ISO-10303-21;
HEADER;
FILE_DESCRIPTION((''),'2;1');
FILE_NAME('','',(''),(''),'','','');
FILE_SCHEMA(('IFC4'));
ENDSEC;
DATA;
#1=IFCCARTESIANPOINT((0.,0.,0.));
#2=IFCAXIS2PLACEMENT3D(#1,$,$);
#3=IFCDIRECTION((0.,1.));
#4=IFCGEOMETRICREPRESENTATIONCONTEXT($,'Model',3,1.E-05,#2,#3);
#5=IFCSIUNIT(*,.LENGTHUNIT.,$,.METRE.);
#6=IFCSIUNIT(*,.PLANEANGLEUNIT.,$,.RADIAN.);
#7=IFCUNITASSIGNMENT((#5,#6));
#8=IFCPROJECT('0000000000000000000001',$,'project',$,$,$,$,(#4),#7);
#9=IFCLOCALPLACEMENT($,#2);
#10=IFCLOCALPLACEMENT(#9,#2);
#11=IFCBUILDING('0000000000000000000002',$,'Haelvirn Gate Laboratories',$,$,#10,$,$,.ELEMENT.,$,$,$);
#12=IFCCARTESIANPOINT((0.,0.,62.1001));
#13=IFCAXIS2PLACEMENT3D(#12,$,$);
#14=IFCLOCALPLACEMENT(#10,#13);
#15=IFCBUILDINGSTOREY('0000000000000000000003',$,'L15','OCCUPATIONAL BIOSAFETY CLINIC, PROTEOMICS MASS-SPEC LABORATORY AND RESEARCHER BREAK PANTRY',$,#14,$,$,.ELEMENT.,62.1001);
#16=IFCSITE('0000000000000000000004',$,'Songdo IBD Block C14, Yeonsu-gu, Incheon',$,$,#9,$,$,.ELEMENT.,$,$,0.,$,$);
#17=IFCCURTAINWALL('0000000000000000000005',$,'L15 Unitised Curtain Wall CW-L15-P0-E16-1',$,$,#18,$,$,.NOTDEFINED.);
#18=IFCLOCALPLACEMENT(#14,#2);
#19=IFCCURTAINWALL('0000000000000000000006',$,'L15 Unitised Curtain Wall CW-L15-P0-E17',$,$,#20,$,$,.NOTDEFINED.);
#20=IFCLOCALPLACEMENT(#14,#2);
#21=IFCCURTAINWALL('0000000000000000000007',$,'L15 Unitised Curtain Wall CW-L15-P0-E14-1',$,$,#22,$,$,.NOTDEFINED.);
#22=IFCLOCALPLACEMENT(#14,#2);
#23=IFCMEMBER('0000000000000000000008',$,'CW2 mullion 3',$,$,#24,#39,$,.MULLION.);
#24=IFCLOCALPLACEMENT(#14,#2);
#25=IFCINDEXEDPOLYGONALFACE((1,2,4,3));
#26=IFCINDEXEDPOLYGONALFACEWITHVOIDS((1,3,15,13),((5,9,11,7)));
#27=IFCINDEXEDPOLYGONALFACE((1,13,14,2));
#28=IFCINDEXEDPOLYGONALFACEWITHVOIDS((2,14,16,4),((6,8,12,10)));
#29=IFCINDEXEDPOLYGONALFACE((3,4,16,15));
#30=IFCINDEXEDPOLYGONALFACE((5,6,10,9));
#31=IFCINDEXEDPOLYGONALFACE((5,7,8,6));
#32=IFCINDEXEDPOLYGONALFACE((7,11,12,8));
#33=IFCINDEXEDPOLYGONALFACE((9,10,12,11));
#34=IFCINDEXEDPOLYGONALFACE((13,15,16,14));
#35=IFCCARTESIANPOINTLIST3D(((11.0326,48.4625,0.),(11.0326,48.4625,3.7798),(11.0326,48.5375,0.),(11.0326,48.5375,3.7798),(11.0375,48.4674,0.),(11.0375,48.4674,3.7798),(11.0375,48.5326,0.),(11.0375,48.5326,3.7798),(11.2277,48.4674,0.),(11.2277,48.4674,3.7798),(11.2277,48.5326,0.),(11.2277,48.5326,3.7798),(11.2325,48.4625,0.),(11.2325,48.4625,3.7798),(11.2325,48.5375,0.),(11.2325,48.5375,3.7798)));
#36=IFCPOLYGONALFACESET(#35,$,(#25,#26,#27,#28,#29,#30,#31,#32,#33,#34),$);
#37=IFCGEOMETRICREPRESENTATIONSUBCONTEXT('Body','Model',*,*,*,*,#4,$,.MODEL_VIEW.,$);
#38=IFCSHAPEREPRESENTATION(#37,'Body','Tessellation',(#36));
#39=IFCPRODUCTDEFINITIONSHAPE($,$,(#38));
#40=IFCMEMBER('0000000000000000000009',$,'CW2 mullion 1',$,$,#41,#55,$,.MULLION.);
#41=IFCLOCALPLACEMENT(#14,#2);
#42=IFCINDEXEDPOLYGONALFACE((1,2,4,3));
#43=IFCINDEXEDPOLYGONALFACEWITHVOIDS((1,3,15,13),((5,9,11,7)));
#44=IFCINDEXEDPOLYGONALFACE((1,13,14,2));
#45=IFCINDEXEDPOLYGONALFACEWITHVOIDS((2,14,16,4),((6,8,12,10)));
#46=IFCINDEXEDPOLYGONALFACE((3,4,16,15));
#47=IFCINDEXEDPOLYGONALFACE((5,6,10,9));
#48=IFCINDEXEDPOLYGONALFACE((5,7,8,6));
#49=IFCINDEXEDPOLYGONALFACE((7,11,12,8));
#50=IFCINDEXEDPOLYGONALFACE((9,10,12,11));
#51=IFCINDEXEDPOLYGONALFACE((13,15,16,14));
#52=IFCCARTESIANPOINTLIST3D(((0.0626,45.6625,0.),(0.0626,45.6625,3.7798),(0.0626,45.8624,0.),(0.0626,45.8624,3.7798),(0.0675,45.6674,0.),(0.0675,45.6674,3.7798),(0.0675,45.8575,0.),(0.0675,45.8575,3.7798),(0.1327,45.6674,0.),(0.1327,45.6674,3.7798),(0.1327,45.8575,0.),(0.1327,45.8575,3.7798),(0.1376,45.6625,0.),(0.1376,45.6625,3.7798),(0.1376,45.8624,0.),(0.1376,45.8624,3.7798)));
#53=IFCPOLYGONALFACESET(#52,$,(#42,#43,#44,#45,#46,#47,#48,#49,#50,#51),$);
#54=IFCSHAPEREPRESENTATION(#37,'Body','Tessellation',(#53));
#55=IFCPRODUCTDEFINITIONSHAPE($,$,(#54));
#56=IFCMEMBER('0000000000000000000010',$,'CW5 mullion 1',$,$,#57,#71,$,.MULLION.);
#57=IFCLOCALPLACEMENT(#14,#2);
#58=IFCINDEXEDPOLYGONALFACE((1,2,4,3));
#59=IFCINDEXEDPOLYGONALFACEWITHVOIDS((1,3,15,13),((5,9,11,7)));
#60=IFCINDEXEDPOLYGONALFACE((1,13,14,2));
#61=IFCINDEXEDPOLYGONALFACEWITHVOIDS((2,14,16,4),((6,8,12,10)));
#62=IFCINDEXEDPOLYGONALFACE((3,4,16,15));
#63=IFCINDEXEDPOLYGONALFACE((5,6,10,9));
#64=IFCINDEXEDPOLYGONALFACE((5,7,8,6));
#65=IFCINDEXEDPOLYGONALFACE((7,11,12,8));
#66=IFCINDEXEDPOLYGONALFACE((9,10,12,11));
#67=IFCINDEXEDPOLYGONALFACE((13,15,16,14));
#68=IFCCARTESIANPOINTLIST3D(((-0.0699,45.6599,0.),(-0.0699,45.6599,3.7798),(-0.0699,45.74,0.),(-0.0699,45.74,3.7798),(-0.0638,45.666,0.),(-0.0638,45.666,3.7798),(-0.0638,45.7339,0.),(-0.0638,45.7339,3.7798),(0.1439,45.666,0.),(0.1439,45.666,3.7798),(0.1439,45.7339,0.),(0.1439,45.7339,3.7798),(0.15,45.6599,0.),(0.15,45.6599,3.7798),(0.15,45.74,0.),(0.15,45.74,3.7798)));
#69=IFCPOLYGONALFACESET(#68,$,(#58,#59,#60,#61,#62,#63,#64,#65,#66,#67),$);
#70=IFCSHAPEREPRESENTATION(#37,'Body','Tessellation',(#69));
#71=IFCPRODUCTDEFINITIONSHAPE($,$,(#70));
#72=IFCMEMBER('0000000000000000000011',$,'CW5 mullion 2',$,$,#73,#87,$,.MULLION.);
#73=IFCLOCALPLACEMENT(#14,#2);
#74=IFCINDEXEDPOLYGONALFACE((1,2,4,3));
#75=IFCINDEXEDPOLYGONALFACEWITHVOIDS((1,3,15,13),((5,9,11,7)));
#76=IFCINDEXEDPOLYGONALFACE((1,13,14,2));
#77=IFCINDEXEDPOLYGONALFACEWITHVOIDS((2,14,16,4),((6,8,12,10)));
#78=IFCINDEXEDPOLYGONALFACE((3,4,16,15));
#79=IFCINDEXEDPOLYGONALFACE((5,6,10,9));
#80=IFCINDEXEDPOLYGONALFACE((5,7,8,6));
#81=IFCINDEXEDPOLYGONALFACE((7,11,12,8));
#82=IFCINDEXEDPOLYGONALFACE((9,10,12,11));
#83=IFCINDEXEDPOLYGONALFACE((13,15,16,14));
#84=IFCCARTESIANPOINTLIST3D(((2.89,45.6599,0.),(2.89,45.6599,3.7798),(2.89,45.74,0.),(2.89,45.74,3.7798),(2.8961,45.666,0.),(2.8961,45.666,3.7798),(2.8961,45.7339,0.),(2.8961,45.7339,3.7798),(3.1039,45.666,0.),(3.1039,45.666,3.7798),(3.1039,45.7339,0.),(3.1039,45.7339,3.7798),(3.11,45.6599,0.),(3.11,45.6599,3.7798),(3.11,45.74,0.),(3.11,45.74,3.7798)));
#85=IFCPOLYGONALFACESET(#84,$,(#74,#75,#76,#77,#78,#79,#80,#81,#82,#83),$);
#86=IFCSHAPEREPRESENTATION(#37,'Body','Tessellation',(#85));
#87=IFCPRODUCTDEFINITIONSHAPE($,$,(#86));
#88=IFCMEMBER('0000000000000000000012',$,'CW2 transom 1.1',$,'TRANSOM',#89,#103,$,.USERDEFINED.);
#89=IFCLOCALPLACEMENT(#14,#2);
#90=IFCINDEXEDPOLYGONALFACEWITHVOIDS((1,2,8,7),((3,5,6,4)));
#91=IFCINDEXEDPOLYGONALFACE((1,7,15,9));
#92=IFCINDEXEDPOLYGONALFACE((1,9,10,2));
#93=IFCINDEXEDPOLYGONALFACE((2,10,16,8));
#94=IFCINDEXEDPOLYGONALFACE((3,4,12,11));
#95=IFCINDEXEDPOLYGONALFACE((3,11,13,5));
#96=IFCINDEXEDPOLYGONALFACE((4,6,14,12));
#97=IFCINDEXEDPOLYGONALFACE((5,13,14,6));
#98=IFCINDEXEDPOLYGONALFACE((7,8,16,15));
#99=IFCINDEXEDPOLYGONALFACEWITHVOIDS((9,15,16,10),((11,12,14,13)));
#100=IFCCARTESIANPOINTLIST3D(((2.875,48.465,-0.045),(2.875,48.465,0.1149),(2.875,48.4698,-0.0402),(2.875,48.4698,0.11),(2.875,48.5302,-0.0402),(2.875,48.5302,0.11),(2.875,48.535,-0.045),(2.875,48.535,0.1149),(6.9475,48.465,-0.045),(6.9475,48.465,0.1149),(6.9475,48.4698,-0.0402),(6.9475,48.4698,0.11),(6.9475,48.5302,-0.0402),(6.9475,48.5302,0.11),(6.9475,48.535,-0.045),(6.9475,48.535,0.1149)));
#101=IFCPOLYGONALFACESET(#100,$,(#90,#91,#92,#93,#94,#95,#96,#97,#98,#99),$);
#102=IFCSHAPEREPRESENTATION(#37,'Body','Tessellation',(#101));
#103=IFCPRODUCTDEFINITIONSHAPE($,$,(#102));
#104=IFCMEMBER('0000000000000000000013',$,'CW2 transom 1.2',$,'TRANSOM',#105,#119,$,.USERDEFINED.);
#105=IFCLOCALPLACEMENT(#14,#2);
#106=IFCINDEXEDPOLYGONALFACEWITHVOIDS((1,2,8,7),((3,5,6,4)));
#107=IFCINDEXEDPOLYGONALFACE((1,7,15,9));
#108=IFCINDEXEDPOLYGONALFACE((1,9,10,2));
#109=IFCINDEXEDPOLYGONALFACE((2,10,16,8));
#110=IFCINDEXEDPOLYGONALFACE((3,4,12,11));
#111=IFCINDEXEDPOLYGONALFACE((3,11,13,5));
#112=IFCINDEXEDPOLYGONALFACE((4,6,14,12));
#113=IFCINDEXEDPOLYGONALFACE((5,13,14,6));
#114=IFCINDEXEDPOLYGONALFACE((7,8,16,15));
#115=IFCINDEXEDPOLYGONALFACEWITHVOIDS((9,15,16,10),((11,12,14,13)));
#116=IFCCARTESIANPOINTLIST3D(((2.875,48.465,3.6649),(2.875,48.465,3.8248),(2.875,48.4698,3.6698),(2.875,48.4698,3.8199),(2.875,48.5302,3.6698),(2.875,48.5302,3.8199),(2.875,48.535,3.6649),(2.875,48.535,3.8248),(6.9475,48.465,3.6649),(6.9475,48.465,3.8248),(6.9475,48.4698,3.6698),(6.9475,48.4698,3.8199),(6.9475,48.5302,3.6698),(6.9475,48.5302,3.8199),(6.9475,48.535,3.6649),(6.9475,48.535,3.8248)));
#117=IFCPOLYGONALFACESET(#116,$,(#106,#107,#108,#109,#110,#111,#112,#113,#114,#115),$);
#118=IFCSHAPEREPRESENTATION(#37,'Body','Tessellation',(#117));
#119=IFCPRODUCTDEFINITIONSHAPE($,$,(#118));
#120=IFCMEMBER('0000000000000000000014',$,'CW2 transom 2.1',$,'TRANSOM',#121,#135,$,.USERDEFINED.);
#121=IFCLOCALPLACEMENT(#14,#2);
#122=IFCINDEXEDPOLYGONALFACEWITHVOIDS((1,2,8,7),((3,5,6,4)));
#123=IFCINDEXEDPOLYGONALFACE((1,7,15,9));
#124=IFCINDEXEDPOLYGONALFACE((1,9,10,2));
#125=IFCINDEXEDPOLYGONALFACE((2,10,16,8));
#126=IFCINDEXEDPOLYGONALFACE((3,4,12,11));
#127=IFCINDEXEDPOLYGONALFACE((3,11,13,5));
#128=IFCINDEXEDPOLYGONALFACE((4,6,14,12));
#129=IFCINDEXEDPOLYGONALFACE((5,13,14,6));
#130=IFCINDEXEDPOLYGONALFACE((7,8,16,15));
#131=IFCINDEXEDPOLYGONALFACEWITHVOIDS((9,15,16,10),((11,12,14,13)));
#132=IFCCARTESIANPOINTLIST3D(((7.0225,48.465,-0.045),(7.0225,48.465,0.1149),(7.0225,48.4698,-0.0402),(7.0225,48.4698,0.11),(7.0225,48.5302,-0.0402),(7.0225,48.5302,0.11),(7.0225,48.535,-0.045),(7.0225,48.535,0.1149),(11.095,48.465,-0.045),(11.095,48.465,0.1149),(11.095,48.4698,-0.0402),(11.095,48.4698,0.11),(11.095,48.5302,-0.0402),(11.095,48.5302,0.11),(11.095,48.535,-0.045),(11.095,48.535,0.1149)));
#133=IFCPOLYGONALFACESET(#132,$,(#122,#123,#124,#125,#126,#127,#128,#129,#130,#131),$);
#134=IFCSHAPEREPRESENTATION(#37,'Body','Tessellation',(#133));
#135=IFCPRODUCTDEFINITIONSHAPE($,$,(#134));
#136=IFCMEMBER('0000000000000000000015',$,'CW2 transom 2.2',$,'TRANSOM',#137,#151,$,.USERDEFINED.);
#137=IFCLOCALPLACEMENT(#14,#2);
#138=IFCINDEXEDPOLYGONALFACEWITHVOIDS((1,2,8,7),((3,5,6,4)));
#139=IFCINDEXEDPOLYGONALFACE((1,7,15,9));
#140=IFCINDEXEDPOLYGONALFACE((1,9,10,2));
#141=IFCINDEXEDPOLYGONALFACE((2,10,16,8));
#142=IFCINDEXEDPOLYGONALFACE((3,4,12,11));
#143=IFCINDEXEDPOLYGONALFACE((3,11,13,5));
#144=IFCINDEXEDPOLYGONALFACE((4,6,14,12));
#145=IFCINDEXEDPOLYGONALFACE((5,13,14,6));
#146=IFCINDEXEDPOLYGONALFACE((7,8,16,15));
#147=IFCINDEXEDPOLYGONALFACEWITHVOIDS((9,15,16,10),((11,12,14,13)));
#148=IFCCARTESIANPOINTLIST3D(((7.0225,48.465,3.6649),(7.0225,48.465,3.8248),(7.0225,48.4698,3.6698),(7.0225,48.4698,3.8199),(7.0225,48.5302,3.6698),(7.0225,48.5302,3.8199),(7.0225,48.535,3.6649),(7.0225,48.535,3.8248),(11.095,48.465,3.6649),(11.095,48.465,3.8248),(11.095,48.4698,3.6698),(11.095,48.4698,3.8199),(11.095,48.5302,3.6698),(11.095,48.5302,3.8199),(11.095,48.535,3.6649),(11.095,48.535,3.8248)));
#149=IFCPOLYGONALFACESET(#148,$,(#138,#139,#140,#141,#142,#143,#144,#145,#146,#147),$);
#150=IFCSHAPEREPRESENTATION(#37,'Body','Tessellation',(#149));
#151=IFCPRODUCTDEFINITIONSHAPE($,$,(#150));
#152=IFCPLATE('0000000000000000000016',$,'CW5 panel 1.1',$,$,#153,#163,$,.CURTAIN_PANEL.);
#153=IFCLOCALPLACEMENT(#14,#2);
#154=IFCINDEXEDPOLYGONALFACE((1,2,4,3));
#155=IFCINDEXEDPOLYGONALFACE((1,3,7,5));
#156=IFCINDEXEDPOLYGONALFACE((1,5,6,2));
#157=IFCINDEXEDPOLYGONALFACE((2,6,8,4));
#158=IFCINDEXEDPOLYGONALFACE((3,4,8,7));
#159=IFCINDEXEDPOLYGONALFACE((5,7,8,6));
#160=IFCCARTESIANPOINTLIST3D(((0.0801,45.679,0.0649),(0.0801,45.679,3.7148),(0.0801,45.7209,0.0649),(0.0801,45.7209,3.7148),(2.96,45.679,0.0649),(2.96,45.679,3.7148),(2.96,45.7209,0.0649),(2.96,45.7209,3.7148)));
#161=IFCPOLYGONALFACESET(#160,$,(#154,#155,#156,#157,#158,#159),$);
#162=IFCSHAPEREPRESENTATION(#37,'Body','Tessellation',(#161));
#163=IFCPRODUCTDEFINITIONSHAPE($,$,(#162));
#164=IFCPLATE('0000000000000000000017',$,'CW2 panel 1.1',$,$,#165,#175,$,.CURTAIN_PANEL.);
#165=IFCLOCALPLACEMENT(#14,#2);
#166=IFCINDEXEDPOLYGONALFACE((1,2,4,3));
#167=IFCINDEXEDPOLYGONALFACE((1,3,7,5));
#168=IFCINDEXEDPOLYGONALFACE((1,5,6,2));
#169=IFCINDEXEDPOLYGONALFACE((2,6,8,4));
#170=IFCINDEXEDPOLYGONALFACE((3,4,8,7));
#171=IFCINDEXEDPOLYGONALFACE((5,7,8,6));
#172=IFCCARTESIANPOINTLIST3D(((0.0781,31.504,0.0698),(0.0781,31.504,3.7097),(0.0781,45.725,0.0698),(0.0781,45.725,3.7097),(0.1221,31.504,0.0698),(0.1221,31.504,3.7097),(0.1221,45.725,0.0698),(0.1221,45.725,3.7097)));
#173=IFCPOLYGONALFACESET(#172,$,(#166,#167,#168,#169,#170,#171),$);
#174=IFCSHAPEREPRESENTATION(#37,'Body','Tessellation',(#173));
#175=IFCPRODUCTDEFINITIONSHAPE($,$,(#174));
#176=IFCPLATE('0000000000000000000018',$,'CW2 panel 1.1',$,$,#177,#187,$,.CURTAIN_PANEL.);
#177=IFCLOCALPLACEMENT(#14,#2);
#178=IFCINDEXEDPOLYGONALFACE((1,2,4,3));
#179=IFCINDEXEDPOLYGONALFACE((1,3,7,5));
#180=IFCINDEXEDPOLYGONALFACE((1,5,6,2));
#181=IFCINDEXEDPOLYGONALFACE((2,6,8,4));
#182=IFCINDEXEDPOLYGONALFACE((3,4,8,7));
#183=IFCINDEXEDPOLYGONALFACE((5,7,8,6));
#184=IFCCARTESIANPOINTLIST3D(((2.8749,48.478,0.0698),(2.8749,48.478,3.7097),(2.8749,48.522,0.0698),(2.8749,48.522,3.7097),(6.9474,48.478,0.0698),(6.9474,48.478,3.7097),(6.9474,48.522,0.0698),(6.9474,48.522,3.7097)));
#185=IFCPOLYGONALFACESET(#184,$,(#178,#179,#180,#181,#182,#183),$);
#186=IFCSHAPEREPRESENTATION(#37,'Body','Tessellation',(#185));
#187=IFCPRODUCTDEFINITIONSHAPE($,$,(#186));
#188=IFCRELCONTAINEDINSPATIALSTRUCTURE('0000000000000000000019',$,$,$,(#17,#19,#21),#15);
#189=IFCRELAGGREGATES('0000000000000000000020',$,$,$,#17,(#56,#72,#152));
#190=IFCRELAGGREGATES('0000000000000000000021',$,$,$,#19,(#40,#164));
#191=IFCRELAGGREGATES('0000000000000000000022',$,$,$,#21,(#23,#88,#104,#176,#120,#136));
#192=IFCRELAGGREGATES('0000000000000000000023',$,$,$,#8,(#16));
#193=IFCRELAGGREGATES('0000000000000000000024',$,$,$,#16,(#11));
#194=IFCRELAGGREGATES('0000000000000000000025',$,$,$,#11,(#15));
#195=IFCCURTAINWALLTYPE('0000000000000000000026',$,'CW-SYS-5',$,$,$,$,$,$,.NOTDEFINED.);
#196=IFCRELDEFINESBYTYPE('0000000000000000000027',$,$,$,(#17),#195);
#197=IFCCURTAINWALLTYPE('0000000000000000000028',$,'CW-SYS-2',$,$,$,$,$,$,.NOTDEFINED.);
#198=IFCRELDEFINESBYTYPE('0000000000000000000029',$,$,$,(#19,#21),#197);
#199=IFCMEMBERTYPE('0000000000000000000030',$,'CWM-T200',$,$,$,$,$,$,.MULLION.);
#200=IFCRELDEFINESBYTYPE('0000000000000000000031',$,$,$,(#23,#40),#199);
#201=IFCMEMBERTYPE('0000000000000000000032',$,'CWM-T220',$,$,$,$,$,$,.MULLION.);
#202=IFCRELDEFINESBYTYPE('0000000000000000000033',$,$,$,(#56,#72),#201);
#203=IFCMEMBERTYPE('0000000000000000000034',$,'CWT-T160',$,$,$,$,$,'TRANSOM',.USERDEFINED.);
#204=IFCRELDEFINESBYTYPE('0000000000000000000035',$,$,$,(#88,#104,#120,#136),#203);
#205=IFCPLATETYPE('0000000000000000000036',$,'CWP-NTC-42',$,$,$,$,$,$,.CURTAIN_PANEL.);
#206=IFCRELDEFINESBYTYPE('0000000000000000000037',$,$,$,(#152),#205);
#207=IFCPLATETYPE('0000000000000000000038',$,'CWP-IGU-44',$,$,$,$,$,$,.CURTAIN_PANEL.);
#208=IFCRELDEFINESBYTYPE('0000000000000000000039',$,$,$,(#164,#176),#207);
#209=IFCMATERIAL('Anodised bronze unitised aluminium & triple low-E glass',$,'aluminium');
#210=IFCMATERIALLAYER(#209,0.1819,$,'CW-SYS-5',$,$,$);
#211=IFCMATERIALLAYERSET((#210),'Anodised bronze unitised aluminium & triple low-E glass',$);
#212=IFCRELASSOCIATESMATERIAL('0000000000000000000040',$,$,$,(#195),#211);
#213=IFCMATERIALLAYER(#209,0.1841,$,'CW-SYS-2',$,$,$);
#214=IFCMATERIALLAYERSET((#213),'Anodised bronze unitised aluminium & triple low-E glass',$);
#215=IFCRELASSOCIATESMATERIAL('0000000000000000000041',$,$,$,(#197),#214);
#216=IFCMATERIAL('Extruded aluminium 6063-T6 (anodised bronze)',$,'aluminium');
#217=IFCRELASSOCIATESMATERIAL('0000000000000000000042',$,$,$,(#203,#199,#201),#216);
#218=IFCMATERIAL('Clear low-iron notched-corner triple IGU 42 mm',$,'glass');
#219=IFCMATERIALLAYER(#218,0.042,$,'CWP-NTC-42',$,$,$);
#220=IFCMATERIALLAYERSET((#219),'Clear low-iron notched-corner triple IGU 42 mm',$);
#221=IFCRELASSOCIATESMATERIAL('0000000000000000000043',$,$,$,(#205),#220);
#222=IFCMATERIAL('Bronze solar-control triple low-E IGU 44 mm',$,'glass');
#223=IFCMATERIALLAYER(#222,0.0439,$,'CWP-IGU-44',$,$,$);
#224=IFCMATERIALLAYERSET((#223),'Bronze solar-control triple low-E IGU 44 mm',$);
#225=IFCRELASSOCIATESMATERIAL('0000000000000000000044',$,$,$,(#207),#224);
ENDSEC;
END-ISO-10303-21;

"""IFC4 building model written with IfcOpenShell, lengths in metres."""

from ifc_helpers import new_model, si_unit, direction, frame, origin, origin_2d, place, context, subcontext, project, spatial, rectangle, hollow_rectangle, extrude, source, transform, mapped, material, layer, layer_set, material_profile, profile_set, type_object, type_shapes, element, aggregate, save


model = new_model("IFC4")

# Units and contexts
model_context = context("Model", 3, precision=1e-05, world=origin(), true_north=direction((0.0, 1.0)))
body_context = subcontext(model_context, "Body", "Model", "MODEL_VIEW")
ifc_project = project(units=[si_unit("LENGTHUNIT", "METRE"), si_unit("PLANEANGLEUNIT", "RADIAN")], contexts=[model_context])

# Site, building, storey
site_placement = place(None, origin())
site = spatial("IfcSite", under=ifc_project, at=site_placement, Name="Songdo IBD Block C14, Yeonsu-gu, Incheon", CompositionType="ELEMENT", RefElevation=0.0)
building_placement = place(site_placement, origin())
building = spatial("IfcBuilding", under=site, at=building_placement, Name="Haelvirn Gate Laboratories", CompositionType="ELEMENT")
storey_placement = place(building_placement, frame((0.0, 0.0, 62.1001)))
storey = spatial("IfcBuildingStorey", under=building, at=storey_placement, Name="L15", Description="OCCUPATIONAL BIOSAFETY CLINIC, PROTEOMICS MASS-SPEC LABORATORY AND RESEARCHER BREAK PANTRY", CompositionType="ELEMENT", Elevation=62.1001)

# Curtain walls, member
ifc_material_1 = material(Name="Anodised bronze unitised aluminium & triple low-E glass", Category="aluminium")
ifc_layer_1 = layer(ifc_material_1, 0.1819, Name="CW-SYS-5")
ifc_layer_set_1 = layer_set([ifc_layer_1], Name="Anodised bronze unitised aluminium & triple low-E glass")
curtain_wall_type_1 = type_object("IfcCurtainWallType", Name="CW-SYS-5", PredefinedType="NOTDEFINED", material=ifc_layer_set_1)
curtain_wall_1_placement = place(storey_placement, origin())
curtain_wall_1 = element("IfcCurtainWall", 1, at=curtain_wall_1_placement, inside=storey, type_object=curtain_wall_type_1, Name="L15 Unitised Curtain Wall CW-L15-P0-E16-1", PredefinedType="NOTDEFINED")
ifc_material_2 = material(Name="Extruded aluminium 6063-T6 (anodised bronze)", Category="aluminium")
ifc_layer_2 = layer(ifc_material_1, 0.1841, Name="CW-SYS-2")
ifc_layer_set_2 = layer_set([ifc_layer_2], Name="Anodised bronze unitised aluminium & triple low-E glass")
curtain_wall_type_2 = type_object("IfcCurtainWallType", Name="CW-SYS-2", PredefinedType="NOTDEFINED", material=ifc_layer_set_2)
curtain_wall_2_placement = place(storey_placement, origin())
curtain_wall_2 = element("IfcCurtainWall", 2, at=curtain_wall_2_placement, inside=storey, type_object=curtain_wall_type_2, Name="L15 Unitised Curtain Wall CW-L15-P0-E17", PredefinedType="NOTDEFINED")
ifc_material_profile_1 = material_profile(ifc_material_2, hollow_rectangle(XDim=0.0701, YDim=0.1599, WallThickness=0.0049, at=origin_2d()), Name="CWT-160x70x5")
ifc_profile_set_1 = profile_set([ifc_material_profile_1], Name="Extruded aluminium 6063-T6 (anodised bronze)")
member_type_1 = type_object("IfcMemberType", Name="CWT-T160", ElementType="TRANSOM", PredefinedType="USERDEFINED", material=ifc_profile_set_1)
curtain_wall_3_placement = place(storey_placement, origin())
curtain_wall_3 = element("IfcCurtainWall", 3, at=curtain_wall_3_placement, inside=storey, type_object=curtain_wall_type_2, Name="L15 Unitised Curtain Wall CW-L15-P0-E14-1", PredefinedType="NOTDEFINED")
ifc_material_profile_2 = material_profile(ifc_material_2, hollow_rectangle(XDim=0.075, YDim=0.2, WallThickness=0.0049, at=origin_2d()), Name="CWM-200x75x5")
ifc_profile_set_2 = profile_set([ifc_material_profile_2], Name="Extruded aluminium 6063-T6 (anodised bronze)")
member_type_2 = type_object("IfcMemberType", Name="CWM-T200", PredefinedType="MULLION", material=ifc_profile_set_2)
shared_shape_1 = source(origin(), body_context, "Body", "SweptSolid", [
    extrude(hollow_rectangle(XDim=0.075, YDim=0.2, WallThickness=0.0049, at=origin_2d()), origin(), (0.0, 0.0, 1.0), 3.7798),
])
type_shapes(member_type_2, [shared_shape_1])
member_1_placement = place(storey_placement, frame((11.1326, 48.5, 0.0), z_axis=(0.0, 0.0, 1.0), x_axis=(0.0, 1.0, 0.0)))
member_1 = element("IfcMember", 4, at=member_1_placement, type_object=member_type_2, Name="CW2 mullion 3", PredefinedType="MULLION", context=body_context, shape_type="MappedRepresentation", body=[
    mapped(shared_shape_1, transform((0.0, 0.0, 0.0), scale=1.0)),
])

# Members
member_2_placement = place(storey_placement, frame((0.1001, 45.7625, 0.0), z_axis=(0.0, 0.0, 1.0), x_axis=(1.0, 0.0, 0.0)))
member_2 = element("IfcMember", 5, at=member_2_placement, type_object=member_type_2, Name="CW2 mullion 1", PredefinedType="MULLION", context=body_context, shape_type="MappedRepresentation", body=[
    mapped(shared_shape_1, transform((0.0, 0.0, 0.0), scale=1.0)),
])
ifc_material_profile_3 = material_profile(ifc_material_2, hollow_rectangle(XDim=0.0801, YDim=0.22, WallThickness=0.0061, at=origin_2d()), Name="CWM-220x80x6")
ifc_profile_set_3 = profile_set([ifc_material_profile_3], Name="Extruded aluminium 6063-T6 (anodised bronze)")
member_type_3 = type_object("IfcMemberType", Name="CWM-T220", PredefinedType="MULLION", material=ifc_profile_set_3)
shared_shape_2 = source(origin(), body_context, "Body", "SweptSolid", [
    extrude(hollow_rectangle(XDim=0.0801, YDim=0.22, WallThickness=0.0061, at=origin_2d()), origin(), (0.0, 0.0, 1.0), 3.7798),
])
type_shapes(member_type_3, [shared_shape_2])
member_3_placement = place(storey_placement, frame((0.04, 45.7, 0.0), z_axis=(0.0, 0.0, 1.0), x_axis=(0.0, 1.0, 0.0)))
member_3 = element("IfcMember", 6, at=member_3_placement, type_object=member_type_3, Name="CW5 mullion 1", PredefinedType="MULLION", context=body_context, shape_type="MappedRepresentation", body=[
    mapped(shared_shape_2, transform((0.0, 0.0, 0.0), scale=1.0)),
])
member_4_placement = place(storey_placement, frame((3.0, 45.7, 0.0), z_axis=(0.0, 0.0, 1.0), x_axis=(0.0, 1.0, 0.0)))
member_4 = element("IfcMember", 7, at=member_4_placement, type_object=member_type_3, Name="CW5 mullion 2", PredefinedType="MULLION", context=body_context, shape_type="MappedRepresentation", body=[
    mapped(shared_shape_2, transform((0.0, 0.0, 0.0), scale=1.0)),
])
shared_shape_3 = source(origin(), body_context, "Body", "SweptSolid", [
    extrude(hollow_rectangle(XDim=0.0701, YDim=0.1599, WallThickness=0.0049, at=origin_2d()), origin(), (0.0, 0.0, 1.0), 4.0725),
])
member_5_placement = place(storey_placement, frame((2.875, 48.5, 0.0349), z_axis=(1.0, 0.0, 0.0), x_axis=(0.0, 1.0, 0.0)))
member_5 = element("IfcMember", 8, at=member_5_placement, type_object=member_type_1, Name="CW2 transom 1.1", ObjectType="TRANSOM", PredefinedType="USERDEFINED", context=body_context, shape_type="MappedRepresentation", body=[
    mapped(shared_shape_3, transform((0.0, 0.0, 0.0), scale=1.0)),
])
member_6_placement = place(storey_placement, frame((2.875, 48.5, 3.7449), z_axis=(1.0, 0.0, 0.0), x_axis=(0.0, 1.0, 0.0)))
member_6 = element("IfcMember", 9, at=member_6_placement, type_object=member_type_1, Name="CW2 transom 1.2", ObjectType="TRANSOM", PredefinedType="USERDEFINED", context=body_context, shape_type="MappedRepresentation", body=[
    mapped(shared_shape_3, transform((0.0, 0.0, 0.0), scale=1.0)),
])
member_7_placement = place(storey_placement, frame((7.0225, 48.5, 0.0349), z_axis=(1.0, 0.0, 0.0), x_axis=(0.0, 1.0, 0.0)))
member_7 = element("IfcMember", 10, at=member_7_placement, type_object=member_type_1, Name="CW2 transom 2.1", ObjectType="TRANSOM", PredefinedType="USERDEFINED", context=body_context, shape_type="MappedRepresentation", body=[
    mapped(shared_shape_3, transform((0.0, 0.0, 0.0), scale=1.0)),
])
member_8_placement = place(storey_placement, frame((7.0225, 48.5, 3.7449), z_axis=(1.0, 0.0, 0.0), x_axis=(0.0, 1.0, 0.0)))
member_8 = element("IfcMember", 11, at=member_8_placement, type_object=member_type_1, Name="CW2 transom 2.2", ObjectType="TRANSOM", PredefinedType="USERDEFINED", context=body_context, shape_type="MappedRepresentation", body=[
    mapped(shared_shape_3, transform((0.0, 0.0, 0.0), scale=1.0)),
])

# Plates
ifc_material_3 = material(Name="Clear low-iron notched-corner triple IGU 42 mm", Category="glass")
ifc_layer_3 = layer(ifc_material_3, 0.042, Name="CWP-NTC-42")
ifc_layer_set_3 = layer_set([ifc_layer_3], Name="Clear low-iron notched-corner triple IGU 42 mm")
plate_type_1 = type_object("IfcPlateType", Name="CWP-NTC-42", PredefinedType="CURTAIN_PANEL", material=ifc_layer_set_3)
shared_shape_4 = source(origin(), body_context, "Body", "SweptSolid", [
    extrude(rectangle(XDim=2.8799, YDim=0.042, at=origin_2d()), origin(), (0.0, 0.0, 1.0), 3.6499),
])
type_shapes(plate_type_1, [shared_shape_4])
plate_1_placement = place(storey_placement, frame((1.52, 45.7, 0.0649), z_axis=(0.0, 0.0, 1.0), x_axis=(1.0, 0.0, 0.0)))
plate_1 = element("IfcPlate", 12, at=plate_1_placement, type_object=plate_type_1, Name="CW5 panel 1.1", PredefinedType="CURTAIN_PANEL", context=body_context, shape_type="MappedRepresentation", body=[
    mapped(shared_shape_4, transform((0.0, 0.0, 0.0), scale=1.0)),
])
aggregate(curtain_wall_1, [member_3, member_4, plate_1])
ifc_material_4 = material(Name="Bronze solar-control triple low-E IGU 44 mm", Category="glass")
ifc_layer_4 = layer(ifc_material_4, 0.0439, Name="CWP-IGU-44")
ifc_layer_set_4 = layer_set([ifc_layer_4], Name="Bronze solar-control triple low-E IGU 44 mm")
plate_type_2 = type_object("IfcPlateType", Name="CWP-IGU-44", PredefinedType="CURTAIN_PANEL", material=ifc_layer_set_4)
shared_shape_5 = source(origin(), body_context, "Body", "SweptSolid", [
    extrude(rectangle(XDim=14.2209, YDim=0.0439, at=origin_2d()), origin(), (0.0, 0.0, 1.0), 3.6399),
])
plate_2_placement = place(storey_placement, frame((0.1001, 38.6145, 0.0698), z_axis=(0.0, 0.0, 1.0), x_axis=(0.0, -1.0, 0.0)))
plate_2 = element("IfcPlate", 13, at=plate_2_placement, type_object=plate_type_2, Name="CW2 panel 1.1", PredefinedType="CURTAIN_PANEL", context=body_context, shape_type="MappedRepresentation", body=[
    mapped(shared_shape_5, transform((0.0, 0.0, 0.0), scale=1.0)),
])
aggregate(curtain_wall_2, [member_2, plate_2])
shared_shape_6 = source(origin(), body_context, "Body", "SweptSolid", [
    extrude(rectangle(XDim=4.0725, YDim=0.0439, at=origin_2d()), origin(), (0.0, 0.0, 1.0), 3.6399),
])
type_shapes(plate_type_2, [shared_shape_5, shared_shape_6])
plate_3_placement = place(storey_placement, frame((4.9111, 48.5, 0.0698), z_axis=(0.0, 0.0, 1.0), x_axis=(1.0, 0.0, 0.0)))
plate_3 = element("IfcPlate", 14, at=plate_3_placement, type_object=plate_type_2, Name="CW2 panel 1.1", PredefinedType="CURTAIN_PANEL", context=body_context, shape_type="MappedRepresentation", body=[
    mapped(shared_shape_6, transform((0.0, 0.0, 0.0), scale=1.0)),
])
aggregate(curtain_wall_3, [member_1, member_5, member_6, plate_3, member_7, member_8])

save(model, "model.ifc")
